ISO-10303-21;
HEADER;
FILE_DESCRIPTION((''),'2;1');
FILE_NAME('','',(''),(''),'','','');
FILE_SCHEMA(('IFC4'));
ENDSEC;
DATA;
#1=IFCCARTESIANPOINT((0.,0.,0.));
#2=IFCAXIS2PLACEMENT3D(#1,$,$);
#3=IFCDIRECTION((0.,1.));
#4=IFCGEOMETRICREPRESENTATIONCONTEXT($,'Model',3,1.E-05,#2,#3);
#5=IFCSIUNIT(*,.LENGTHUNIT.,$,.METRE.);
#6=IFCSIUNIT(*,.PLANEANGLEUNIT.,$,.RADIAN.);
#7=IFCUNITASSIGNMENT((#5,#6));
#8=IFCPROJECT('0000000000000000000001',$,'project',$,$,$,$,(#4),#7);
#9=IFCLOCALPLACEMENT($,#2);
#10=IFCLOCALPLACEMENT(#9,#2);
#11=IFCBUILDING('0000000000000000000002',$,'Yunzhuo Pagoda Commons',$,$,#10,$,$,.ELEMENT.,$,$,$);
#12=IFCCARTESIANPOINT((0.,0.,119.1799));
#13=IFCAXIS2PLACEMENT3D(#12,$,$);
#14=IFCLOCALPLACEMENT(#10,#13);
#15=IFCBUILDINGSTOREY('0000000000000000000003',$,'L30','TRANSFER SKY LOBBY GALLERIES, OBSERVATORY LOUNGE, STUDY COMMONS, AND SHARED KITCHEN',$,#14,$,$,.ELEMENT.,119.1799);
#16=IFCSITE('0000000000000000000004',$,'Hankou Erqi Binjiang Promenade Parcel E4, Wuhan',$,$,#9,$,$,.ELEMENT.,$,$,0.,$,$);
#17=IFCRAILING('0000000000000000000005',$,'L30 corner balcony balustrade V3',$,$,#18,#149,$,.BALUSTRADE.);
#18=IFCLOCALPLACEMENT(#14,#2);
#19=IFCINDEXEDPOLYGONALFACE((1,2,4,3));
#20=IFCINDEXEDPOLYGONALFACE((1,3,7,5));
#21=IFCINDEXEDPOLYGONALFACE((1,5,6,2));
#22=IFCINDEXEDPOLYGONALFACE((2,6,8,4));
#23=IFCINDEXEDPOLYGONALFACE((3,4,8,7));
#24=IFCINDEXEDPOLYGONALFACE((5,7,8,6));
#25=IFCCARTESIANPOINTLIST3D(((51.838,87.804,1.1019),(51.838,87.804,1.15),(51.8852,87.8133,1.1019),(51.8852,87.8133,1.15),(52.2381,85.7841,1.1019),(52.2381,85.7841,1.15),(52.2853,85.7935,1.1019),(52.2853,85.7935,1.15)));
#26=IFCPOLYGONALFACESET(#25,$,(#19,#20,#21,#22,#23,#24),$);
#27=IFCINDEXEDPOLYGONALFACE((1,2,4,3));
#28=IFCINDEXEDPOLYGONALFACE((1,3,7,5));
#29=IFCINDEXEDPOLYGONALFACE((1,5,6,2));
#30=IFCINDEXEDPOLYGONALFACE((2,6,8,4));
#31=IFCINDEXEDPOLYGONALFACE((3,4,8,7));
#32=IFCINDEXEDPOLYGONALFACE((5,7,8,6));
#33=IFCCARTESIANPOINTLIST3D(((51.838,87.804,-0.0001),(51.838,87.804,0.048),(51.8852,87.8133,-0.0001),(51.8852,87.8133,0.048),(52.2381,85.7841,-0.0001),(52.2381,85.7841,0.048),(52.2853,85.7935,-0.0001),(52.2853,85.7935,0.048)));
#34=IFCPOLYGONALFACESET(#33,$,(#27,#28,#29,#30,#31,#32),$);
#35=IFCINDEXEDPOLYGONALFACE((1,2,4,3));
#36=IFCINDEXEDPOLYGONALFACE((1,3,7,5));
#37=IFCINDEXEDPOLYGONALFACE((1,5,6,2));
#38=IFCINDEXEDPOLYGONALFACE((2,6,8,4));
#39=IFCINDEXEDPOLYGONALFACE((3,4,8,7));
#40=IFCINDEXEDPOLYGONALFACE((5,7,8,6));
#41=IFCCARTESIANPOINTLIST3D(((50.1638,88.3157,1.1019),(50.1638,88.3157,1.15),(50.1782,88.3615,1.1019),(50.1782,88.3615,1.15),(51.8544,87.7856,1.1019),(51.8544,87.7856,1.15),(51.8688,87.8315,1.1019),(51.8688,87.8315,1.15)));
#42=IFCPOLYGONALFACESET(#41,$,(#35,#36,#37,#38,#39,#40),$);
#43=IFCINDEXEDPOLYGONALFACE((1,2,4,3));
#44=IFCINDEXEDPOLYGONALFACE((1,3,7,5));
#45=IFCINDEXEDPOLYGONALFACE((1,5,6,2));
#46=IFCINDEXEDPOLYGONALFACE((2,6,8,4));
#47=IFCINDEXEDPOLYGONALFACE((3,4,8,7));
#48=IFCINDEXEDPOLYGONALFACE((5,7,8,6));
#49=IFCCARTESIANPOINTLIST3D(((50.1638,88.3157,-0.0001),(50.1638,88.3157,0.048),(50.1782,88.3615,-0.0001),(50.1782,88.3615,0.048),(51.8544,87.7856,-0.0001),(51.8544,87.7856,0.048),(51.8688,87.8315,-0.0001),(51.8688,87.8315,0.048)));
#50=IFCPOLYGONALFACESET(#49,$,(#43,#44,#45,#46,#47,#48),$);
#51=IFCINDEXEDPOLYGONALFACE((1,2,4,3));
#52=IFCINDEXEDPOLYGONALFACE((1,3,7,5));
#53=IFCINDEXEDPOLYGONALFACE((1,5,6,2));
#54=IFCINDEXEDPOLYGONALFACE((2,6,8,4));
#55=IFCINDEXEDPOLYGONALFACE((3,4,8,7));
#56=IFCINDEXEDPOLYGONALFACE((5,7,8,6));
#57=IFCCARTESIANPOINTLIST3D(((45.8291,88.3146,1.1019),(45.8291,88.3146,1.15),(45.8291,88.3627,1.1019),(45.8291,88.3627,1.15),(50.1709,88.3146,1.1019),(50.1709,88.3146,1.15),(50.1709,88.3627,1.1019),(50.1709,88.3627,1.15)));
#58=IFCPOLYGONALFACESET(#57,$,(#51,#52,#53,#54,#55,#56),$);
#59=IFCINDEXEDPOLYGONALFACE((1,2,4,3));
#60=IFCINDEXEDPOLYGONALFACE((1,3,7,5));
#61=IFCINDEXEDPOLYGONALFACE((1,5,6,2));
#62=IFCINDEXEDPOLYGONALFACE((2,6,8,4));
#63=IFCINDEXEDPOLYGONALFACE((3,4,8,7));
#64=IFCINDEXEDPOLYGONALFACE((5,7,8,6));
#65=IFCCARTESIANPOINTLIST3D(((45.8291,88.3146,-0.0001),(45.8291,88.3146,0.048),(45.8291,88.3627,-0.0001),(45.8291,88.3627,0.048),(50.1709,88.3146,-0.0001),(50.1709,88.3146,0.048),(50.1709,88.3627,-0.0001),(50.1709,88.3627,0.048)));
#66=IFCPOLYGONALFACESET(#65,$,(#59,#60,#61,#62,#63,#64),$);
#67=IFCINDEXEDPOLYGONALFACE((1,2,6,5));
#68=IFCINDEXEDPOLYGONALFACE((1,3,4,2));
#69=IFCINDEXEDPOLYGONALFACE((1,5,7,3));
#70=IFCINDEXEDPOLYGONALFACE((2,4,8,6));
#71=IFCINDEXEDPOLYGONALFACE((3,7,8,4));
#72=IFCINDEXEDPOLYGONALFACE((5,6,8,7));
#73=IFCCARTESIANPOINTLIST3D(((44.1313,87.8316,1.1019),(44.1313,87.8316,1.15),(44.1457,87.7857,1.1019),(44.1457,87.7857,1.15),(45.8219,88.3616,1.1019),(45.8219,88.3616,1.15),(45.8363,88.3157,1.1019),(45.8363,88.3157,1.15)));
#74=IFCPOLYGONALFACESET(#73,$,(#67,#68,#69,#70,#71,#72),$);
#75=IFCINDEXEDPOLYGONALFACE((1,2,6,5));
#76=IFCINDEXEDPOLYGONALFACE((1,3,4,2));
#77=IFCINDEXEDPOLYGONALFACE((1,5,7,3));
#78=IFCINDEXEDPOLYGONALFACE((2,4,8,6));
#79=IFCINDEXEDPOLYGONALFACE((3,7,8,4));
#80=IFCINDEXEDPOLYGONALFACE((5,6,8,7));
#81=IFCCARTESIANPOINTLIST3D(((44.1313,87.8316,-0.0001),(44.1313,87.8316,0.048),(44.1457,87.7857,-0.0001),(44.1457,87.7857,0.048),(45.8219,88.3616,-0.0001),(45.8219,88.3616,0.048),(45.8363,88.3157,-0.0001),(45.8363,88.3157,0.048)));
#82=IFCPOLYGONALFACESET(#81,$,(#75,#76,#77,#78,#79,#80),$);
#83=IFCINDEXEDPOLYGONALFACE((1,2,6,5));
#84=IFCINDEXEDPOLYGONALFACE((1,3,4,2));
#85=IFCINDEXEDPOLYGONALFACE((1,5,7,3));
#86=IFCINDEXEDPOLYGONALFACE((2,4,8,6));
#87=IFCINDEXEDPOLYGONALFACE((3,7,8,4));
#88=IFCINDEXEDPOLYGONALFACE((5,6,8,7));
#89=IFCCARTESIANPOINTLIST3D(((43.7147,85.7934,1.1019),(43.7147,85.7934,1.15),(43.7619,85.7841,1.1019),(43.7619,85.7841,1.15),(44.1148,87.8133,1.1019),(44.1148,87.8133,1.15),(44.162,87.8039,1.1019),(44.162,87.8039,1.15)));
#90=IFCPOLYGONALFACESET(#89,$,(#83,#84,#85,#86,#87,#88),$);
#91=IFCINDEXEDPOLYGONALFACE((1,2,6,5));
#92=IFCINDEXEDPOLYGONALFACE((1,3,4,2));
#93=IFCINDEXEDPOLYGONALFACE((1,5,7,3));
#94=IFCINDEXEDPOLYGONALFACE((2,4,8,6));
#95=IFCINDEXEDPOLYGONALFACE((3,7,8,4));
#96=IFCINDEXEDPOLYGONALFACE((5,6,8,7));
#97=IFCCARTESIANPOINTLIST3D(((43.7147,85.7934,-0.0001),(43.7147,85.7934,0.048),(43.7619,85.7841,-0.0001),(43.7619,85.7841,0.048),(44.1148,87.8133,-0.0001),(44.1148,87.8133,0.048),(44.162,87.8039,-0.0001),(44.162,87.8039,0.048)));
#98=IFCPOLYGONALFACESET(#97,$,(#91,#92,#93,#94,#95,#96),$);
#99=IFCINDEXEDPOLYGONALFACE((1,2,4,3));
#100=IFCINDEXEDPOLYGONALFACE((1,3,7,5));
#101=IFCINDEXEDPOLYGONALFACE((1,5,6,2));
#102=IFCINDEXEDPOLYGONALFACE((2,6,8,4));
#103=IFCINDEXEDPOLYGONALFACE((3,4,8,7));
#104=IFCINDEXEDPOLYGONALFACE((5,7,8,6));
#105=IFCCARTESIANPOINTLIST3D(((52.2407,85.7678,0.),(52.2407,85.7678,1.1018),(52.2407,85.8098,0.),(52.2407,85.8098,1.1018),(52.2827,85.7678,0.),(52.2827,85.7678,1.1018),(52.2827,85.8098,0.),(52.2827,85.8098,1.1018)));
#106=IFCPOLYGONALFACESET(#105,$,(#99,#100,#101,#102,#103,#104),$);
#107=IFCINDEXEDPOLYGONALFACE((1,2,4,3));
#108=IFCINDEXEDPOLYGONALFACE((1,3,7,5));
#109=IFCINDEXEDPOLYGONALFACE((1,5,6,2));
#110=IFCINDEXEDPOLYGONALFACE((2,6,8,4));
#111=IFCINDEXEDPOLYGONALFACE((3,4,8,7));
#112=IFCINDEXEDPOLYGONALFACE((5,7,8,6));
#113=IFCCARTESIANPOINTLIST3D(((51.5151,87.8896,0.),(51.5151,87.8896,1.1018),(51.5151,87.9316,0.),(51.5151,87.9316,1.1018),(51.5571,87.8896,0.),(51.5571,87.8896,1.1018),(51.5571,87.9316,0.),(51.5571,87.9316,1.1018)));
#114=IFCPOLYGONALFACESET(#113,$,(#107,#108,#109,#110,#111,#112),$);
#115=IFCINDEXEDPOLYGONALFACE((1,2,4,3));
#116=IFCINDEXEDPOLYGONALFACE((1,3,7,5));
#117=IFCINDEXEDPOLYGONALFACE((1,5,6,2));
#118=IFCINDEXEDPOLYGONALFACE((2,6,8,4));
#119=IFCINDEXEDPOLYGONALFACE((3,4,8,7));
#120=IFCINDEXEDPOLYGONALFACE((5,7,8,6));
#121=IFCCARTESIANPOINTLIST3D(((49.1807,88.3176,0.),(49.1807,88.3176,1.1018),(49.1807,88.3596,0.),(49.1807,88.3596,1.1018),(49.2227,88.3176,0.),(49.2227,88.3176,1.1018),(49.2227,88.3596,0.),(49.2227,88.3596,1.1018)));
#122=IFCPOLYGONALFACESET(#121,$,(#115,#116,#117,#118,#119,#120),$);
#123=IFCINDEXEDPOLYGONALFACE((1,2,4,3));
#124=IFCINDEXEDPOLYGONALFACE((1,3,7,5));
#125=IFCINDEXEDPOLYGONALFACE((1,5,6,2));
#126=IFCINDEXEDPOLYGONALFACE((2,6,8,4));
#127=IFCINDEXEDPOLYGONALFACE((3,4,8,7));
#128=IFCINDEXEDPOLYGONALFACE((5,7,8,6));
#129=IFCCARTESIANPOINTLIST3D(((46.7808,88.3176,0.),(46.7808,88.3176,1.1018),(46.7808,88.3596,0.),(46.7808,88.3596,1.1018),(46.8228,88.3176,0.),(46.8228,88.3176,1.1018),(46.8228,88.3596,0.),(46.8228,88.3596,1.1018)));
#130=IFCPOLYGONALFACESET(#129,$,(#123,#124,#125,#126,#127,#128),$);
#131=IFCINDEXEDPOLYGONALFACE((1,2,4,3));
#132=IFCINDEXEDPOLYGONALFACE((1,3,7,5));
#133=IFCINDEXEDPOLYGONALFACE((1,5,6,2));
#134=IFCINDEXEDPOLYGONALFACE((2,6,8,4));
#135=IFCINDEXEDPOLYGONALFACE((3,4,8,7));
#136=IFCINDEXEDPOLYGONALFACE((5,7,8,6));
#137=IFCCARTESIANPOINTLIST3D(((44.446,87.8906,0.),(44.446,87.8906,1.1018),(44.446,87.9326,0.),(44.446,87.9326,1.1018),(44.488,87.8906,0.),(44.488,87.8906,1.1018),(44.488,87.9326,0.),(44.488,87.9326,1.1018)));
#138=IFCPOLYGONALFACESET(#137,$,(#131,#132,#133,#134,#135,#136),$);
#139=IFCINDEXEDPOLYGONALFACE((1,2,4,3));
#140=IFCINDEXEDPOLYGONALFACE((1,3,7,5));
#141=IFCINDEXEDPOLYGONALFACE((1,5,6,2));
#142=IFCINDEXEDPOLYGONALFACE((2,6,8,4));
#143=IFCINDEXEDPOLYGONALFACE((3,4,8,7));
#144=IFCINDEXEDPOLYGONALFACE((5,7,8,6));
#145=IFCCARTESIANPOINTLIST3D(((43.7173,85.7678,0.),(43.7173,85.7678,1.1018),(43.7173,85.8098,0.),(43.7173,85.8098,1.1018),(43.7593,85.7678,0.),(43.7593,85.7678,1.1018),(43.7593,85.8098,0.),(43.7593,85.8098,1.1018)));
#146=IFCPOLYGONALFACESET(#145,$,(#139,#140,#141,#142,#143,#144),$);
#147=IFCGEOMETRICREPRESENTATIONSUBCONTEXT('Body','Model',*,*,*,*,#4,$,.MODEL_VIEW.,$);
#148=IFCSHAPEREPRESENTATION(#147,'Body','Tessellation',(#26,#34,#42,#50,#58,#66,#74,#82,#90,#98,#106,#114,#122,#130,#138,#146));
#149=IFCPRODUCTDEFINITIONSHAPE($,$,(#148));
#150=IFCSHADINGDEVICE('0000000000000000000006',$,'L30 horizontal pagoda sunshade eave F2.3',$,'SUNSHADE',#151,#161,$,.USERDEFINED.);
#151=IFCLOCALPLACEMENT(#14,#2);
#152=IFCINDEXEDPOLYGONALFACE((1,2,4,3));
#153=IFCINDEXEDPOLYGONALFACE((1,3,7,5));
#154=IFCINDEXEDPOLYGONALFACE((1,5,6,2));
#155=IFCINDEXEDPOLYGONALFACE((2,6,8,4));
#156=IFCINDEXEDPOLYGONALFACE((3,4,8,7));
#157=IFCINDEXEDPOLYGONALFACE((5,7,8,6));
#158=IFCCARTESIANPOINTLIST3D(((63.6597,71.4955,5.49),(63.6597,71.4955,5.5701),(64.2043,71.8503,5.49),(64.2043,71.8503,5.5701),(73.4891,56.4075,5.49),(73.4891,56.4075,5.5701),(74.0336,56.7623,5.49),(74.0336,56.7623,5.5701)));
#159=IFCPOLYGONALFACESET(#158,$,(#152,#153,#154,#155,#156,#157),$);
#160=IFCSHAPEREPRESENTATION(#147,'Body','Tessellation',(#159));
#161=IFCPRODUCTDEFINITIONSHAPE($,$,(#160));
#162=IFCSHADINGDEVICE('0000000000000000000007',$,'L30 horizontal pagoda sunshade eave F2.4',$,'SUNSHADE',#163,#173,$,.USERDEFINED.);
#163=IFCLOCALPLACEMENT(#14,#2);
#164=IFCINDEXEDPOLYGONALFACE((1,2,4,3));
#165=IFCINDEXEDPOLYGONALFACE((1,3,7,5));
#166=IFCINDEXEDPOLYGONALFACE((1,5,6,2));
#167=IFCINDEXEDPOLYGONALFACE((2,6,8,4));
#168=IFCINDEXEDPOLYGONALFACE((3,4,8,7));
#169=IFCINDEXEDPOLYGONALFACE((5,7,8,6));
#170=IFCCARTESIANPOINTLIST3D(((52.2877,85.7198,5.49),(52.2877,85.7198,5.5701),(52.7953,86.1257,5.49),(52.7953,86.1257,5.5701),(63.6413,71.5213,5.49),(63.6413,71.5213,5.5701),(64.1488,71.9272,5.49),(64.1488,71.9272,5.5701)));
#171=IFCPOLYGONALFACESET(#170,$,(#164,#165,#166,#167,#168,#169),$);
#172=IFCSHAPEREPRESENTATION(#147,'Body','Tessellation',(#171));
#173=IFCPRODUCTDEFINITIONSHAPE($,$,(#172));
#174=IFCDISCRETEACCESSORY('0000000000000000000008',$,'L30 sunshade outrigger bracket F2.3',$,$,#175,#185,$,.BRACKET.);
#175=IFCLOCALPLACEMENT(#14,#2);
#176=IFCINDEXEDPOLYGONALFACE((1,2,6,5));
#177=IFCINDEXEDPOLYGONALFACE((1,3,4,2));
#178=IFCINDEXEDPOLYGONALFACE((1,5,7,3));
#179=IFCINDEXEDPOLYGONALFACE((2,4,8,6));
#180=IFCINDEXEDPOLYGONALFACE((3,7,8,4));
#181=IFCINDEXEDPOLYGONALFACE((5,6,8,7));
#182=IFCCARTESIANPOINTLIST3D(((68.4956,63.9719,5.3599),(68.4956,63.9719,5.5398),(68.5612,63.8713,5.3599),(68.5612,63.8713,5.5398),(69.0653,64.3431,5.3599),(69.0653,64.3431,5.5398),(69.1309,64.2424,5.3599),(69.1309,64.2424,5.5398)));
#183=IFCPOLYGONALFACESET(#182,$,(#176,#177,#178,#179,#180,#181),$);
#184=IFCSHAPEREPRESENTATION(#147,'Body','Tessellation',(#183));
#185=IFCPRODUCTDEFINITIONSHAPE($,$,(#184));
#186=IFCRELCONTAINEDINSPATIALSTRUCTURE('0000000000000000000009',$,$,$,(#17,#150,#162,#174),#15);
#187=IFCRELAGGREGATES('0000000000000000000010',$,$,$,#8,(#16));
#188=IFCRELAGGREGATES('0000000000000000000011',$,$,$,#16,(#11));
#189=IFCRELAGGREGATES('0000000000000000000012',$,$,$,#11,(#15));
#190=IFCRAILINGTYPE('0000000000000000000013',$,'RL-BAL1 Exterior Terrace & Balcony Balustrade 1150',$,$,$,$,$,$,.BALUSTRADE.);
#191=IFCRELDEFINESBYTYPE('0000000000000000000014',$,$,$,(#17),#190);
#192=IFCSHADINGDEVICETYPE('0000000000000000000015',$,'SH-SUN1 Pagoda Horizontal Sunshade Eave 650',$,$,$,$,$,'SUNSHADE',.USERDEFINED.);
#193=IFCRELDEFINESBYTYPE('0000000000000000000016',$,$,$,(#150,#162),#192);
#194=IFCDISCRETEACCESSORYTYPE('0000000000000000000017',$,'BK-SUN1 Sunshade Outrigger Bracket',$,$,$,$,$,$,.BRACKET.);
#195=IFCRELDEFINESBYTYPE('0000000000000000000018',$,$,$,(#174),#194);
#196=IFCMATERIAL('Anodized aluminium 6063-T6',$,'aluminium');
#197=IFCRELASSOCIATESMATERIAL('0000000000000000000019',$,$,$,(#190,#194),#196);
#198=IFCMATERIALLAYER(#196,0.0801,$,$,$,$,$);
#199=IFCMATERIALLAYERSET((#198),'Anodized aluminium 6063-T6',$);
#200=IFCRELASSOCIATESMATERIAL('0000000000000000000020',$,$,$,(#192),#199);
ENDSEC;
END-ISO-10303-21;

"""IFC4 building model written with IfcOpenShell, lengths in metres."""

from ifc_helpers import new_model, si_unit, direction, frame, origin, origin_2d, place, context, subcontext, project, spatial, rectangle, extrude, source, transform, mapped, material, layer, layer_set, type_object, element, save


model = new_model("IFC4")

# Units and contexts
model_context = context("Model", 3, precision=1e-05, world=origin(), true_north=direction((0.0, 1.0)))
body_context = subcontext(model_context, "Body", "Model", "MODEL_VIEW")
ifc_project = project(units=[si_unit("LENGTHUNIT", "METRE"), si_unit("PLANEANGLEUNIT", "RADIAN")], contexts=[model_context])

# Site, building, storey
site_placement = place(None, origin())
site = spatial("IfcSite", under=ifc_project, at=site_placement, Name="Hankou Erqi Binjiang Promenade Parcel E4, Wuhan", CompositionType="ELEMENT", RefElevation=0.0)
building_placement = place(site_placement, origin())
building = spatial("IfcBuilding", under=site, at=building_placement, Name="Yunzhuo Pagoda Commons", CompositionType="ELEMENT")
storey_placement = place(building_placement, frame((0.0, 0.0, 119.1799)))
storey = spatial("IfcBuildingStorey", under=building, at=storey_placement, Name="L30", Description="TRANSFER SKY LOBBY GALLERIES, OBSERVATORY LOUNGE, STUDY COMMONS, AND SHARED KITCHEN", CompositionType="ELEMENT", Elevation=119.1799)

# Shared definitions
ifc_material_1 = material(Name="Anodized aluminium 6063-T6", Category="aluminium")

# Railing
railing_type_1 = type_object("IfcRailingType", Name="RL-BAL1 Exterior Terrace & Balcony Balustrade 1150", PredefinedType="BALUSTRADE", material=ifc_material_1)
railing_1_placement = place(storey_placement, frame((52.2617, 85.7888, 0.0)))
element("IfcRailing", 1, at=railing_1_placement, inside=storey, type_object=railing_type_1, Name="L30 corner balcony balustrade V3", PredefinedType="BALUSTRADE", context=body_context, shape_type="SweptSolid", body=[
    extrude(rectangle(XDim=0.0481, YDim=0.0481, at=origin_2d()), frame((0.0, 0.0, 1.126), z_axis=(-0.194337, 0.980935, 0.0), x_axis=(-0.980935, -0.194337, 0.0)), (0.0, 0.0, 1.0), 2.0591),
    extrude(rectangle(XDim=0.0481, YDim=0.0481, at=origin_2d()), frame((0.0, 0.0, 0.0239), z_axis=(-0.194337, 0.980935, 0.0), x_axis=(-0.980935, -0.194337, 0.0)), (0.0, 0.0, 1.0), 2.0591),
    extrude(rectangle(XDim=0.0481, YDim=0.0481, at=origin_2d()), frame((-0.4001, 2.0198, 1.126), z_axis=(-0.954207, 0.299146, 0.0), x_axis=(-0.299146, -0.954207, 0.0)), (0.0, 0.0, 1.0), 1.7717),
    extrude(rectangle(XDim=0.0481, YDim=0.0481, at=origin_2d()), frame((-0.4001, 2.0198, 0.0239), z_axis=(-0.954207, 0.299146, 0.0), x_axis=(-0.299146, -0.954207, 0.0)), (0.0, 0.0, 1.0), 1.7717),
    extrude(rectangle(XDim=0.0481, YDim=0.0481, at=origin_2d()), frame((-2.0908, 2.5498, 1.126), z_axis=(-1.0, 0.0, 0.0), x_axis=(0.0, -1.0, 0.0)), (0.0, 0.0, 1.0), 4.3418),
    extrude(rectangle(XDim=0.0481, YDim=0.0481, at=origin_2d()), frame((-2.0908, 2.5498, 0.0239), z_axis=(-1.0, 0.0, 0.0), x_axis=(0.0, -1.0, 0.0)), (0.0, 0.0, 1.0), 4.3418),
    extrude(rectangle(XDim=0.0481, YDim=0.0481, at=origin_2d()), frame((-6.4326, 2.5498, 1.126), z_axis=(-0.954207, -0.299146, 0.0), x_axis=(0.299146, -0.954207, 0.0)), (0.0, 0.0, 1.0), 1.7717),
    extrude(rectangle(XDim=0.0481, YDim=0.0481, at=origin_2d()), frame((-6.4326, 2.5498, 0.0239), z_axis=(-0.954207, -0.299146, 0.0), x_axis=(0.299146, -0.954207, 0.0)), (0.0, 0.0, 1.0), 1.7717),
    extrude(rectangle(XDim=0.0481, YDim=0.0481, at=origin_2d()), frame((-8.1233, 2.0198, 1.126), z_axis=(-0.194337, -0.980935, 0.0), x_axis=(0.980935, -0.194337, 0.0)), (0.0, 0.0, 1.0), 2.0591),
    extrude(rectangle(XDim=0.0481, YDim=0.0481, at=origin_2d()), frame((-8.1233, 2.0198, 0.0239), z_axis=(-0.194337, -0.980935, 0.0), x_axis=(0.980935, -0.194337, 0.0)), (0.0, 0.0, 1.0), 2.0591),
    extrude(rectangle(XDim=0.042, YDim=0.042, at=origin_2d()), origin(), (0.0, 0.0, 1.0), 1.1018),
    extrude(rectangle(XDim=0.042, YDim=0.042, at=origin_2d()), frame((-0.7256, 2.1218, 0.0)), (0.0, 0.0, 1.0), 1.1018),
    extrude(rectangle(XDim=0.042, YDim=0.042, at=origin_2d()), frame((-3.0601, 2.5498, 0.0)), (0.0, 0.0, 1.0), 1.1018),
    extrude(rectangle(XDim=0.042, YDim=0.042, at=origin_2d()), frame((-5.46, 2.5498, 0.0)), (0.0, 0.0, 1.0), 1.1018),
    extrude(rectangle(XDim=0.042, YDim=0.042, at=origin_2d()), frame((-7.7947, 2.1228, 0.0)), (0.0, 0.0, 1.0), 1.1018),
    extrude(rectangle(XDim=0.042, YDim=0.042, at=origin_2d()), frame((-8.5234, 0.0, 0.0)), (0.0, 0.0, 1.0), 1.1018),
])

# Shading devices
ifc_layer_1 = layer(ifc_material_1, 0.0801)
ifc_layer_set_1 = layer_set([ifc_layer_1], Name="Anodized aluminium 6063-T6")
shading_device_type = type_object("IfcShadingDeviceType", Name="SH-SUN1 Pagoda Horizontal Sunshade Eave 650", ElementType="SUNSHADE", PredefinedType="USERDEFINED", material=ifc_layer_set_1)
shared_shape_1 = source(origin(), body_context, "Body", "SweptSolid", [
    extrude(rectangle(XDim=18.0073, YDim=0.6499, at=origin_2d()), origin(), (0.0, 0.0, 1.0), 0.0801),
])
shading_device_1_placement = place(storey_placement, frame((68.8467, 64.1289, 5.49), z_axis=(0.0, 0.0, 1.0), x_axis=(-0.545853, 0.837881, 0.0)))
element("IfcShadingDevice", 2, at=shading_device_1_placement, inside=storey, type_object=shading_device_type, Name="L30 horizontal pagoda sunshade eave F2.3", ObjectType="SUNSHADE", PredefinedType="USERDEFINED", context=body_context, shape_type="MappedRepresentation", body=[
    mapped(shared_shape_1, transform((0.0, 0.0, 0.0), scale=1.0)),
])
shared_shape_2 = source(origin(), body_context, "Body", "SweptSolid", [
    extrude(rectangle(XDim=18.1797, YDim=0.6499, at=origin_2d()), origin(), (0.0, 0.0, 1.0), 0.0801),
])
shading_device_2_placement = place(storey_placement, frame((58.2183, 78.8235, 5.49), z_axis=(0.0, 0.0, 1.0), x_axis=(-0.62452, 0.781008, 0.0)))
element("IfcShadingDevice", 3, at=shading_device_2_placement, inside=storey, type_object=shading_device_type, Name="L30 horizontal pagoda sunshade eave F2.4", ObjectType="SUNSHADE", PredefinedType="USERDEFINED", context=body_context, shape_type="MappedRepresentation", body=[
    mapped(shared_shape_2, transform((0.0, 0.0, 0.0), scale=1.0)),
])

# Discrete accessory
discrete_accessory_type = type_object("IfcDiscreteAccessoryType", Name="BK-SUN1 Sunshade Outrigger Bracket", PredefinedType="BRACKET", material=ifc_material_1)
shared_shape_3 = source(origin(), body_context, "Body", "SweptSolid", [
    extrude(rectangle(XDim=0.1201, YDim=0.6799, at=origin_2d()), origin(), (0.0, 0.0, 1.0), 0.1799),
])
discrete_accessory_placement = place(storey_placement, frame((68.8132, 64.1072, 5.3599), z_axis=(0.0, 0.0, 1.0), x_axis=(-0.545853, 0.837881, 0.0)))
element("IfcDiscreteAccessory", 4, at=discrete_accessory_placement, inside=storey, type_object=discrete_accessory_type, Name="L30 sunshade outrigger bracket F2.3", PredefinedType="BRACKET", context=body_context, shape_type="MappedRepresentation", body=[
    mapped(shared_shape_3, transform((0.0, 0.0, 0.0), scale=1.0)),
])

save(model, "model.ifc")
